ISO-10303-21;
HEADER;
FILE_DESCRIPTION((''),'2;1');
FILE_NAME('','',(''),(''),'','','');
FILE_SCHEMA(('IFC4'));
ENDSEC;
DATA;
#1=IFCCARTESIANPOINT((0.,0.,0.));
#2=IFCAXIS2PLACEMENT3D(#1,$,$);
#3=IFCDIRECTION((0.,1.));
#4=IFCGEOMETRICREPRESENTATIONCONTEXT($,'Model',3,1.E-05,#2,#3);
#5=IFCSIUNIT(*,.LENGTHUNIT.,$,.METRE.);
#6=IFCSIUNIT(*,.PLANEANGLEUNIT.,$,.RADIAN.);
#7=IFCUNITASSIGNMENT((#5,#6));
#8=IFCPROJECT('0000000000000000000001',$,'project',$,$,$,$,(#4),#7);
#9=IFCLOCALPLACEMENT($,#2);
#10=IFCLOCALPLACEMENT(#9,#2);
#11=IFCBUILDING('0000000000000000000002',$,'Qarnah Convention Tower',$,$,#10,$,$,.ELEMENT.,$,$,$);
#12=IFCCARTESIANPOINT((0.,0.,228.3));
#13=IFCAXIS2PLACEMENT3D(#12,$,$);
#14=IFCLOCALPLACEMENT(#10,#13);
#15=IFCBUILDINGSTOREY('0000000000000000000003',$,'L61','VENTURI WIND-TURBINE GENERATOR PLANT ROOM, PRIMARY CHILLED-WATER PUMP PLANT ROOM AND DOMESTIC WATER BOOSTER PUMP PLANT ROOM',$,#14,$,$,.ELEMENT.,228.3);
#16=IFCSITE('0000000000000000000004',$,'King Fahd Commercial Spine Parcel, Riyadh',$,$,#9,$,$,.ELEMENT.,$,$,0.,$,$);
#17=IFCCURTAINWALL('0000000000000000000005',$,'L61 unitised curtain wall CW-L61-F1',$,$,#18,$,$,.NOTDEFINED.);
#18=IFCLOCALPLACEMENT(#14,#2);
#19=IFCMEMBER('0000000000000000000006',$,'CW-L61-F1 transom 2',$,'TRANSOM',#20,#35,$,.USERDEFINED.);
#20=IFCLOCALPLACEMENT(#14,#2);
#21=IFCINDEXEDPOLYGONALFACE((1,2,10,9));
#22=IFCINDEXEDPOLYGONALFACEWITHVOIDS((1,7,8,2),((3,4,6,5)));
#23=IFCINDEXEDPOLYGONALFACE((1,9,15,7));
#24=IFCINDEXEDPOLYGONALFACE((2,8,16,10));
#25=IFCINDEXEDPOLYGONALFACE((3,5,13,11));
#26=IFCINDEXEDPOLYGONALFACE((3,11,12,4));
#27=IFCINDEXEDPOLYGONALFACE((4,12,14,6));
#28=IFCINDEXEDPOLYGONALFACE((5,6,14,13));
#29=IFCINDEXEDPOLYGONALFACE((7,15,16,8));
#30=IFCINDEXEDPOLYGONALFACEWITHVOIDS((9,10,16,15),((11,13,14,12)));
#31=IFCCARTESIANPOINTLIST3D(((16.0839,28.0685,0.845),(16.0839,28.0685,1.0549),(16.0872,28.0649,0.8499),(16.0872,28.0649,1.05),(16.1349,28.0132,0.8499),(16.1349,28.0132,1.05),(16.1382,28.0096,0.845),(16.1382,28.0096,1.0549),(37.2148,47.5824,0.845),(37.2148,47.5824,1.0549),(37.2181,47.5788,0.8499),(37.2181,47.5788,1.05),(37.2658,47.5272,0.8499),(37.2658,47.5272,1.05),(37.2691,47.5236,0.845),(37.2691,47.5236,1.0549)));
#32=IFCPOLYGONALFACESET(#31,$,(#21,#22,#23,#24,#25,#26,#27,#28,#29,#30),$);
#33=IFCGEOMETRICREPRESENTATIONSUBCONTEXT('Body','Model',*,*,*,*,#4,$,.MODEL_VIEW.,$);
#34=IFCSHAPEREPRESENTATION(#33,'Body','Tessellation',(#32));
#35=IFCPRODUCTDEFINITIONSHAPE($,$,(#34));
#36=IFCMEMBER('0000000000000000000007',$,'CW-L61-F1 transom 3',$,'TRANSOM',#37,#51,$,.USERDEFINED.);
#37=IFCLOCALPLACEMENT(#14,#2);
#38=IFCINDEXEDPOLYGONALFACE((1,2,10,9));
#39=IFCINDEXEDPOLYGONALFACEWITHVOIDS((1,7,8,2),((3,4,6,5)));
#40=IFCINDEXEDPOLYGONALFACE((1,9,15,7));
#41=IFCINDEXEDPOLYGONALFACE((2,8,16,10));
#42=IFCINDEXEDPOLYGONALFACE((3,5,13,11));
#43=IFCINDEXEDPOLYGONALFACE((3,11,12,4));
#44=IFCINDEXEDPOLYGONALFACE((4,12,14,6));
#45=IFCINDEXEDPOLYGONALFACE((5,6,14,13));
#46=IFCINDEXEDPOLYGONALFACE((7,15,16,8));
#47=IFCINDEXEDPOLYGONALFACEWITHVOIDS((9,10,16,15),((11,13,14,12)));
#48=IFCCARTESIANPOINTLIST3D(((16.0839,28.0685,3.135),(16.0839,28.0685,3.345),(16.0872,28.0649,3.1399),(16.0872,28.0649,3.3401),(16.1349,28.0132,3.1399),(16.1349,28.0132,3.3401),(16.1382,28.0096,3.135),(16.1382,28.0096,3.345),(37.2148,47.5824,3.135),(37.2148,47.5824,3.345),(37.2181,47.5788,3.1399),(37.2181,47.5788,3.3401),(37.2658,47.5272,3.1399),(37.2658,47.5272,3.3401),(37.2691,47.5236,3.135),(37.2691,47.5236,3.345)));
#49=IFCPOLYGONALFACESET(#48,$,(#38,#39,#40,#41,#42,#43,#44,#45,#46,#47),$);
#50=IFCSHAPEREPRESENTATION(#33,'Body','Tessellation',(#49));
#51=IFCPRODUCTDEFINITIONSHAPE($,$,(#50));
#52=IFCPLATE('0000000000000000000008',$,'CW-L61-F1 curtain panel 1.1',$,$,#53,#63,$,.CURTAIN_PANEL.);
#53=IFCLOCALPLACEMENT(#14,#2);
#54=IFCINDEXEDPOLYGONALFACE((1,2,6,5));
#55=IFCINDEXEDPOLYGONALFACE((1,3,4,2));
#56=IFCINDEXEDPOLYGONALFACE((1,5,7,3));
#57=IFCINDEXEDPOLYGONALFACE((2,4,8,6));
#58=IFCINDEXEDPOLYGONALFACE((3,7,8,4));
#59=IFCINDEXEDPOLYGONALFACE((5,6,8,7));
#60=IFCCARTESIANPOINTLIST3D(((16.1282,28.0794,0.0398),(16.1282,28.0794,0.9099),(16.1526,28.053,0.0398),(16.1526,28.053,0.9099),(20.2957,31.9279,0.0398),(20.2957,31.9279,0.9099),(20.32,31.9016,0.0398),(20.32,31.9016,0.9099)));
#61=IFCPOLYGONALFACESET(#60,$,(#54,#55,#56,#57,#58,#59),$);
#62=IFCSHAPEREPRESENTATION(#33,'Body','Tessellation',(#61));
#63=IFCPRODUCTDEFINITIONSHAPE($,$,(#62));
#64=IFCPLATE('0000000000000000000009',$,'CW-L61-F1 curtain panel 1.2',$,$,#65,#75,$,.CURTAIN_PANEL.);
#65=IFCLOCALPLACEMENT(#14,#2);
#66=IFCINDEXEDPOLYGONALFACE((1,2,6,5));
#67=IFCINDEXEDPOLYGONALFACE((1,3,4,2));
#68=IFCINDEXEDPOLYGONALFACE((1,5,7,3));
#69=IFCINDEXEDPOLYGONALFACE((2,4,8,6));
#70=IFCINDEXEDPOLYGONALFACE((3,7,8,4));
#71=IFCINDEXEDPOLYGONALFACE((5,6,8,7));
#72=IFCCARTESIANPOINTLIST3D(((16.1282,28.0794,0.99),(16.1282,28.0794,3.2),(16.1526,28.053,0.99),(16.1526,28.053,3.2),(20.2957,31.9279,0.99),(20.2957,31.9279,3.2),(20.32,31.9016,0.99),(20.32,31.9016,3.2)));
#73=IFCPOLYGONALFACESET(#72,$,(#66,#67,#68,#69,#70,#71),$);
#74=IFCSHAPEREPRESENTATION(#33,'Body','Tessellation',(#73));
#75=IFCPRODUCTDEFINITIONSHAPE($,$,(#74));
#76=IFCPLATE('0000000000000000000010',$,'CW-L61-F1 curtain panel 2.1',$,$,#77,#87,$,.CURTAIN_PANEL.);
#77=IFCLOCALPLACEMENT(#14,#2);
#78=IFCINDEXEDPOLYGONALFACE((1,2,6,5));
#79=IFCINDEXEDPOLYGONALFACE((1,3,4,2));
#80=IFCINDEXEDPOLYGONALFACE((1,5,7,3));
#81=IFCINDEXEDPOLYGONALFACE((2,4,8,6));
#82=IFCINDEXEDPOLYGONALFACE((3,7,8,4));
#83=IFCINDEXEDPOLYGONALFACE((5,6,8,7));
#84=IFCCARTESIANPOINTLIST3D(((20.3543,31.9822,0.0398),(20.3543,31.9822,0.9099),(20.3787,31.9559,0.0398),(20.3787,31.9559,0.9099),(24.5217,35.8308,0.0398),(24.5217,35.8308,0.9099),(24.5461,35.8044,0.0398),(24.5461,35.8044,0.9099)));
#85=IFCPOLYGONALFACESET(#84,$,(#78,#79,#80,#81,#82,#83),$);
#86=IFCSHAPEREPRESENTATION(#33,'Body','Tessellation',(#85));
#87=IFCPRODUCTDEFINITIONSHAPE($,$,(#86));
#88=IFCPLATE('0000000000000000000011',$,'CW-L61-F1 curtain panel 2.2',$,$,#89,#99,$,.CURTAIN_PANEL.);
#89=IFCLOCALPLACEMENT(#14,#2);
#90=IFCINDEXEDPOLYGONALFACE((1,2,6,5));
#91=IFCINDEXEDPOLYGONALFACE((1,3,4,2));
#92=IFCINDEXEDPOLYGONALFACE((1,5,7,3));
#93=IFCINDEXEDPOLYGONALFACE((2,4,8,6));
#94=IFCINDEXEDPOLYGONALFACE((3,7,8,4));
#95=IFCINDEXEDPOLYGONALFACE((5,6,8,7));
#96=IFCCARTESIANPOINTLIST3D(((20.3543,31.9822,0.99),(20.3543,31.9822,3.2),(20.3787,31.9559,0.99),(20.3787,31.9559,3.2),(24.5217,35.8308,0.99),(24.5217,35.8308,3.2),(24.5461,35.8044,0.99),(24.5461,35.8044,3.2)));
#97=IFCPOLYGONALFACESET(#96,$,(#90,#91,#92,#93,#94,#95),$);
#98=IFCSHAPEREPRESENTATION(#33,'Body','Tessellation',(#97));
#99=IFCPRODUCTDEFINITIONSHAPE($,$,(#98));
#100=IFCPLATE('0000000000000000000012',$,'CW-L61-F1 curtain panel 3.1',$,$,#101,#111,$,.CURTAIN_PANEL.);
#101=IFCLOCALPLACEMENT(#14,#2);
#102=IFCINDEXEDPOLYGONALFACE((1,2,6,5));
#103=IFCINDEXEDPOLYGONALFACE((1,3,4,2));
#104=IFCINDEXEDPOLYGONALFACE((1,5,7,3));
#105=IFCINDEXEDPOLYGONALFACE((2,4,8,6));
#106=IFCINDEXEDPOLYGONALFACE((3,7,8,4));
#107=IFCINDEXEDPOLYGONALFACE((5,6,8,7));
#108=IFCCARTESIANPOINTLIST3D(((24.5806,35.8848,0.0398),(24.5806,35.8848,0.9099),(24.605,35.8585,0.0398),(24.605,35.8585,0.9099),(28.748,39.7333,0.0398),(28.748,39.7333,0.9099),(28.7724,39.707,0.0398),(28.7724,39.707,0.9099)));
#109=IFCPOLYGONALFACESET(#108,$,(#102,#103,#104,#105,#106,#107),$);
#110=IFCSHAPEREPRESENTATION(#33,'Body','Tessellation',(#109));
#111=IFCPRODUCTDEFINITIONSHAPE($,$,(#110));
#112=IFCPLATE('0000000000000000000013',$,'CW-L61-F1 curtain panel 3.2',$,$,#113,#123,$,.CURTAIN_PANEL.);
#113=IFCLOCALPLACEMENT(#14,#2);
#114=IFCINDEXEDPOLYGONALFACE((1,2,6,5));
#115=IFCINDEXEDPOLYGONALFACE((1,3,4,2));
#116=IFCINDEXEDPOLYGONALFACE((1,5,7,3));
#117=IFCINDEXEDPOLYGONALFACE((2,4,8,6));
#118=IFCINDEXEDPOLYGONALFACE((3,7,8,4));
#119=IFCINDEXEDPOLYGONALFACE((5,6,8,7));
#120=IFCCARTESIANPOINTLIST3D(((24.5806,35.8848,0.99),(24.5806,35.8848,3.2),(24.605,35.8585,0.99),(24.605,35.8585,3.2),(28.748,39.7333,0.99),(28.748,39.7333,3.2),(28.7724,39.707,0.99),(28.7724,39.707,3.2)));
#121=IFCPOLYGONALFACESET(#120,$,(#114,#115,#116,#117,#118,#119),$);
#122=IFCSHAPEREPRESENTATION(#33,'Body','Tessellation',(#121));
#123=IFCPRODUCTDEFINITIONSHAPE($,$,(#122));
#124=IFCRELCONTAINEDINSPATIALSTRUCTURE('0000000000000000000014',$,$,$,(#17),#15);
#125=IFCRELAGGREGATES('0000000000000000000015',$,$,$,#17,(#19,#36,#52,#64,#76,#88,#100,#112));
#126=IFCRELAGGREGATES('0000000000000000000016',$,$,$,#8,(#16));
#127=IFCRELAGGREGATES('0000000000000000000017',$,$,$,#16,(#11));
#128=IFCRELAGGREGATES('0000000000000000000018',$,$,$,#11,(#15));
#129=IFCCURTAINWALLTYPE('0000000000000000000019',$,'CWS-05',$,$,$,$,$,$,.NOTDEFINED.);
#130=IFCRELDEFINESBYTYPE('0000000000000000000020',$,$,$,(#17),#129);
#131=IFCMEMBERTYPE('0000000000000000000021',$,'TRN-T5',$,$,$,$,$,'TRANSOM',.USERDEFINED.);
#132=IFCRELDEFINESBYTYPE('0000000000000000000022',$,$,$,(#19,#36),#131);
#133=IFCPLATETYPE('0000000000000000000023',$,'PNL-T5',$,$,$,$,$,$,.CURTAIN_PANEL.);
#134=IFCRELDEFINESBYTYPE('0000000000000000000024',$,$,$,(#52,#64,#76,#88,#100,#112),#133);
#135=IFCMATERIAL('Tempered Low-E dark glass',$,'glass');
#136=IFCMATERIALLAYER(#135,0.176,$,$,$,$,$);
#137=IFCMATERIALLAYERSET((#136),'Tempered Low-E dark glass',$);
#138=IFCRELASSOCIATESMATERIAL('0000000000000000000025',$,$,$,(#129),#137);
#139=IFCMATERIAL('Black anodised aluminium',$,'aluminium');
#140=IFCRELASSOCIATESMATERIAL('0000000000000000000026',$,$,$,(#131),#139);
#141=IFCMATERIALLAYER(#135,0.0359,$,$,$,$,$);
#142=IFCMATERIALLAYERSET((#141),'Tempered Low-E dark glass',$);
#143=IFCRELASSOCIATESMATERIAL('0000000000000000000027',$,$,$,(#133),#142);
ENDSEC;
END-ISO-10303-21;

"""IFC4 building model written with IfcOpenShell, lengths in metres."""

from ifc_helpers import new_model, si_unit, direction, frame, origin, origin_2d, place, context, subcontext, project, spatial, rectangle, hollow_rectangle, extrude, material, layer, layer_set, material_profile, profile_set, type_object, element, aggregate, save


model = new_model("IFC4")

# Units and contexts
model_context = context("Model", 3, precision=1e-05, world=origin(), true_north=direction((0.0, 1.0)))
body_context = subcontext(model_context, "Body", "Model", "MODEL_VIEW")
ifc_project = project(units=[si_unit("LENGTHUNIT", "METRE"), si_unit("PLANEANGLEUNIT", "RADIAN")], contexts=[model_context])

# Site, building, storey
site_placement = place(None, origin())
site = spatial("IfcSite", under=ifc_project, at=site_placement, Name="King Fahd Commercial Spine Parcel, Riyadh", CompositionType="ELEMENT", RefElevation=0.0)
building_placement = place(site_placement, origin())
building = spatial("IfcBuilding", under=site, at=building_placement, Name="Qarnah Convention Tower", CompositionType="ELEMENT")
storey_placement = place(building_placement, frame((0.0, 0.0, 228.3)))
storey = spatial("IfcBuildingStorey", under=building, at=storey_placement, Name="L61", Description="VENTURI WIND-TURBINE GENERATOR PLANT ROOM, PRIMARY CHILLED-WATER PUMP PLANT ROOM AND DOMESTIC WATER BOOSTER PUMP PLANT ROOM", CompositionType="ELEMENT", Elevation=228.3)

# Curtain wall, members, plates
ifc_material_1 = material(Name="Tempered Low-E dark glass", Category="glass")
ifc_layer_1 = layer(ifc_material_1, 0.176)
ifc_layer_set_1 = layer_set([ifc_layer_1], Name="Tempered Low-E dark glass")
curtain_wall_type = type_object("IfcCurtainWallType", Name="CWS-05", PredefinedType="NOTDEFINED", material=ifc_layer_set_1)
curtain_wall_placement = place(storey_placement, origin())
curtain_wall = element("IfcCurtainWall", 1, at=curtain_wall_placement, inside=storey, type_object=curtain_wall_type, Name="L61 unitised curtain wall CW-L61-F1", PredefinedType="NOTDEFINED")
ifc_material_2 = material(Name="Black anodised aluminium", Category="aluminium")
ifc_material_profile_1 = material_profile(ifc_material_2, hollow_rectangle(XDim=0.0801, YDim=0.21, WallThickness=0.0049, at=origin_2d()), Name="TRN-80X210")
ifc_profile_set_1 = profile_set([ifc_material_profile_1], Name="Black anodised aluminium")
member_type_1 = type_object("IfcMemberType", Name="TRN-T5", ElementType="TRANSOM", PredefinedType="USERDEFINED", material=ifc_profile_set_1)
member_1_placement = place(storey_placement, frame((16.1111, 28.0391, 0.95), z_axis=(0.734656, 0.67844, 0.0), x_axis=(-0.67844, 0.734656, 0.0)))
member_1 = element("IfcMember", 2, at=member_1_placement, type_object=member_type_1, Name="CW-L61-F1 transom 2", ObjectType="TRANSOM", PredefinedType="USERDEFINED", context=body_context, shape_type="SweptSolid", body=[
    extrude(hollow_rectangle(XDim=0.0801, YDim=0.21, WallThickness=0.0049, at=origin_2d()), origin(), (0.0, 0.0, 1.0), 28.7629),
])
member_2_placement = place(storey_placement, frame((16.1111, 28.0391, 3.24), z_axis=(0.734656, 0.67844, 0.0), x_axis=(-0.67844, 0.734656, 0.0)))
member_2 = element("IfcMember", 3, at=member_2_placement, type_object=member_type_1, Name="CW-L61-F1 transom 3", ObjectType="TRANSOM", PredefinedType="USERDEFINED", context=body_context, shape_type="SweptSolid", body=[
    extrude(hollow_rectangle(XDim=0.0801, YDim=0.21, WallThickness=0.0049, at=origin_2d()), origin(), (0.0, 0.0, 1.0), 28.7629),
])
ifc_layer_2 = layer(ifc_material_1, 0.0359)
ifc_layer_set_2 = layer_set([ifc_layer_2], Name="Tempered Low-E dark glass")
plate_type = type_object("IfcPlateType", Name="PNL-T5", PredefinedType="CURTAIN_PANEL", material=ifc_layer_set_2)
plate_1_placement = place(storey_placement, frame((18.2241, 29.9905, 0.0398), z_axis=(0.0, 0.0, 1.0), x_axis=(0.734657, 0.678439, 0.0)))
plate_1 = element("IfcPlate", 4, at=plate_1_placement, type_object=plate_type, Name="CW-L61-F1 curtain panel 1.1", PredefinedType="CURTAIN_PANEL", context=body_context, shape_type="SweptSolid", body=[
    extrude(rectangle(XDim=5.6726, YDim=0.0359, at=origin_2d()), origin(), (0.0, 0.0, 1.0), 0.8701),
])
plate_2_placement = place(storey_placement, frame((18.2241, 29.9905, 0.99), z_axis=(0.0, 0.0, 1.0), x_axis=(0.734657, 0.678439, 0.0)))
plate_2 = element("IfcPlate", 5, at=plate_2_placement, type_object=plate_type, Name="CW-L61-F1 curtain panel 1.2", PredefinedType="CURTAIN_PANEL", context=body_context, shape_type="SweptSolid", body=[
    extrude(rectangle(XDim=5.6726, YDim=0.0359, at=origin_2d()), origin(), (0.0, 0.0, 1.0), 2.21),
])
plate_3_placement = place(storey_placement, frame((22.4502, 33.8933, 0.0398), z_axis=(0.0, 0.0, 1.0), x_axis=(0.734657, 0.678439, 0.0)))
plate_3 = element("IfcPlate", 6, at=plate_3_placement, type_object=plate_type, Name="CW-L61-F1 curtain panel 2.1", PredefinedType="CURTAIN_PANEL", context=body_context, shape_type="SweptSolid", body=[
    extrude(rectangle(XDim=5.6726, YDim=0.0359, at=origin_2d()), origin(), (0.0, 0.0, 1.0), 0.8701),
])
plate_4_placement = place(storey_placement, frame((22.4502, 33.8933, 0.99), z_axis=(0.0, 0.0, 1.0), x_axis=(0.734657, 0.678439, 0.0)))
plate_4 = element("IfcPlate", 7, at=plate_4_placement, type_object=plate_type, Name="CW-L61-F1 curtain panel 2.2", PredefinedType="CURTAIN_PANEL", context=body_context, shape_type="SweptSolid", body=[
    extrude(rectangle(XDim=5.6726, YDim=0.0359, at=origin_2d()), origin(), (0.0, 0.0, 1.0), 2.21),
])
plate_5_placement = place(storey_placement, frame((26.6765, 37.7959, 0.0398), z_axis=(0.0, 0.0, 1.0), x_axis=(0.734657, 0.678439, 0.0)))
plate_5 = element("IfcPlate", 8, at=plate_5_placement, type_object=plate_type, Name="CW-L61-F1 curtain panel 3.1", PredefinedType="CURTAIN_PANEL", context=body_context, shape_type="SweptSolid", body=[
    extrude(rectangle(XDim=5.6726, YDim=0.0359, at=origin_2d()), origin(), (0.0, 0.0, 1.0), 0.8701),
])
plate_6_placement = place(storey_placement, frame((26.6765, 37.7959, 0.99), z_axis=(0.0, 0.0, 1.0), x_axis=(0.734657, 0.678439, 0.0)))
plate_6 = element("IfcPlate", 9, at=plate_6_placement, type_object=plate_type, Name="CW-L61-F1 curtain panel 3.2", PredefinedType="CURTAIN_PANEL", context=body_context, shape_type="SweptSolid", body=[
    extrude(rectangle(XDim=5.6726, YDim=0.0359, at=origin_2d()), origin(), (0.0, 0.0, 1.0), 2.21),
])
aggregate(curtain_wall, [member_1, member_2, plate_1, plate_2, plate_3, plate_4, plate_5, plate_6])

save(model, "model.ifc")
